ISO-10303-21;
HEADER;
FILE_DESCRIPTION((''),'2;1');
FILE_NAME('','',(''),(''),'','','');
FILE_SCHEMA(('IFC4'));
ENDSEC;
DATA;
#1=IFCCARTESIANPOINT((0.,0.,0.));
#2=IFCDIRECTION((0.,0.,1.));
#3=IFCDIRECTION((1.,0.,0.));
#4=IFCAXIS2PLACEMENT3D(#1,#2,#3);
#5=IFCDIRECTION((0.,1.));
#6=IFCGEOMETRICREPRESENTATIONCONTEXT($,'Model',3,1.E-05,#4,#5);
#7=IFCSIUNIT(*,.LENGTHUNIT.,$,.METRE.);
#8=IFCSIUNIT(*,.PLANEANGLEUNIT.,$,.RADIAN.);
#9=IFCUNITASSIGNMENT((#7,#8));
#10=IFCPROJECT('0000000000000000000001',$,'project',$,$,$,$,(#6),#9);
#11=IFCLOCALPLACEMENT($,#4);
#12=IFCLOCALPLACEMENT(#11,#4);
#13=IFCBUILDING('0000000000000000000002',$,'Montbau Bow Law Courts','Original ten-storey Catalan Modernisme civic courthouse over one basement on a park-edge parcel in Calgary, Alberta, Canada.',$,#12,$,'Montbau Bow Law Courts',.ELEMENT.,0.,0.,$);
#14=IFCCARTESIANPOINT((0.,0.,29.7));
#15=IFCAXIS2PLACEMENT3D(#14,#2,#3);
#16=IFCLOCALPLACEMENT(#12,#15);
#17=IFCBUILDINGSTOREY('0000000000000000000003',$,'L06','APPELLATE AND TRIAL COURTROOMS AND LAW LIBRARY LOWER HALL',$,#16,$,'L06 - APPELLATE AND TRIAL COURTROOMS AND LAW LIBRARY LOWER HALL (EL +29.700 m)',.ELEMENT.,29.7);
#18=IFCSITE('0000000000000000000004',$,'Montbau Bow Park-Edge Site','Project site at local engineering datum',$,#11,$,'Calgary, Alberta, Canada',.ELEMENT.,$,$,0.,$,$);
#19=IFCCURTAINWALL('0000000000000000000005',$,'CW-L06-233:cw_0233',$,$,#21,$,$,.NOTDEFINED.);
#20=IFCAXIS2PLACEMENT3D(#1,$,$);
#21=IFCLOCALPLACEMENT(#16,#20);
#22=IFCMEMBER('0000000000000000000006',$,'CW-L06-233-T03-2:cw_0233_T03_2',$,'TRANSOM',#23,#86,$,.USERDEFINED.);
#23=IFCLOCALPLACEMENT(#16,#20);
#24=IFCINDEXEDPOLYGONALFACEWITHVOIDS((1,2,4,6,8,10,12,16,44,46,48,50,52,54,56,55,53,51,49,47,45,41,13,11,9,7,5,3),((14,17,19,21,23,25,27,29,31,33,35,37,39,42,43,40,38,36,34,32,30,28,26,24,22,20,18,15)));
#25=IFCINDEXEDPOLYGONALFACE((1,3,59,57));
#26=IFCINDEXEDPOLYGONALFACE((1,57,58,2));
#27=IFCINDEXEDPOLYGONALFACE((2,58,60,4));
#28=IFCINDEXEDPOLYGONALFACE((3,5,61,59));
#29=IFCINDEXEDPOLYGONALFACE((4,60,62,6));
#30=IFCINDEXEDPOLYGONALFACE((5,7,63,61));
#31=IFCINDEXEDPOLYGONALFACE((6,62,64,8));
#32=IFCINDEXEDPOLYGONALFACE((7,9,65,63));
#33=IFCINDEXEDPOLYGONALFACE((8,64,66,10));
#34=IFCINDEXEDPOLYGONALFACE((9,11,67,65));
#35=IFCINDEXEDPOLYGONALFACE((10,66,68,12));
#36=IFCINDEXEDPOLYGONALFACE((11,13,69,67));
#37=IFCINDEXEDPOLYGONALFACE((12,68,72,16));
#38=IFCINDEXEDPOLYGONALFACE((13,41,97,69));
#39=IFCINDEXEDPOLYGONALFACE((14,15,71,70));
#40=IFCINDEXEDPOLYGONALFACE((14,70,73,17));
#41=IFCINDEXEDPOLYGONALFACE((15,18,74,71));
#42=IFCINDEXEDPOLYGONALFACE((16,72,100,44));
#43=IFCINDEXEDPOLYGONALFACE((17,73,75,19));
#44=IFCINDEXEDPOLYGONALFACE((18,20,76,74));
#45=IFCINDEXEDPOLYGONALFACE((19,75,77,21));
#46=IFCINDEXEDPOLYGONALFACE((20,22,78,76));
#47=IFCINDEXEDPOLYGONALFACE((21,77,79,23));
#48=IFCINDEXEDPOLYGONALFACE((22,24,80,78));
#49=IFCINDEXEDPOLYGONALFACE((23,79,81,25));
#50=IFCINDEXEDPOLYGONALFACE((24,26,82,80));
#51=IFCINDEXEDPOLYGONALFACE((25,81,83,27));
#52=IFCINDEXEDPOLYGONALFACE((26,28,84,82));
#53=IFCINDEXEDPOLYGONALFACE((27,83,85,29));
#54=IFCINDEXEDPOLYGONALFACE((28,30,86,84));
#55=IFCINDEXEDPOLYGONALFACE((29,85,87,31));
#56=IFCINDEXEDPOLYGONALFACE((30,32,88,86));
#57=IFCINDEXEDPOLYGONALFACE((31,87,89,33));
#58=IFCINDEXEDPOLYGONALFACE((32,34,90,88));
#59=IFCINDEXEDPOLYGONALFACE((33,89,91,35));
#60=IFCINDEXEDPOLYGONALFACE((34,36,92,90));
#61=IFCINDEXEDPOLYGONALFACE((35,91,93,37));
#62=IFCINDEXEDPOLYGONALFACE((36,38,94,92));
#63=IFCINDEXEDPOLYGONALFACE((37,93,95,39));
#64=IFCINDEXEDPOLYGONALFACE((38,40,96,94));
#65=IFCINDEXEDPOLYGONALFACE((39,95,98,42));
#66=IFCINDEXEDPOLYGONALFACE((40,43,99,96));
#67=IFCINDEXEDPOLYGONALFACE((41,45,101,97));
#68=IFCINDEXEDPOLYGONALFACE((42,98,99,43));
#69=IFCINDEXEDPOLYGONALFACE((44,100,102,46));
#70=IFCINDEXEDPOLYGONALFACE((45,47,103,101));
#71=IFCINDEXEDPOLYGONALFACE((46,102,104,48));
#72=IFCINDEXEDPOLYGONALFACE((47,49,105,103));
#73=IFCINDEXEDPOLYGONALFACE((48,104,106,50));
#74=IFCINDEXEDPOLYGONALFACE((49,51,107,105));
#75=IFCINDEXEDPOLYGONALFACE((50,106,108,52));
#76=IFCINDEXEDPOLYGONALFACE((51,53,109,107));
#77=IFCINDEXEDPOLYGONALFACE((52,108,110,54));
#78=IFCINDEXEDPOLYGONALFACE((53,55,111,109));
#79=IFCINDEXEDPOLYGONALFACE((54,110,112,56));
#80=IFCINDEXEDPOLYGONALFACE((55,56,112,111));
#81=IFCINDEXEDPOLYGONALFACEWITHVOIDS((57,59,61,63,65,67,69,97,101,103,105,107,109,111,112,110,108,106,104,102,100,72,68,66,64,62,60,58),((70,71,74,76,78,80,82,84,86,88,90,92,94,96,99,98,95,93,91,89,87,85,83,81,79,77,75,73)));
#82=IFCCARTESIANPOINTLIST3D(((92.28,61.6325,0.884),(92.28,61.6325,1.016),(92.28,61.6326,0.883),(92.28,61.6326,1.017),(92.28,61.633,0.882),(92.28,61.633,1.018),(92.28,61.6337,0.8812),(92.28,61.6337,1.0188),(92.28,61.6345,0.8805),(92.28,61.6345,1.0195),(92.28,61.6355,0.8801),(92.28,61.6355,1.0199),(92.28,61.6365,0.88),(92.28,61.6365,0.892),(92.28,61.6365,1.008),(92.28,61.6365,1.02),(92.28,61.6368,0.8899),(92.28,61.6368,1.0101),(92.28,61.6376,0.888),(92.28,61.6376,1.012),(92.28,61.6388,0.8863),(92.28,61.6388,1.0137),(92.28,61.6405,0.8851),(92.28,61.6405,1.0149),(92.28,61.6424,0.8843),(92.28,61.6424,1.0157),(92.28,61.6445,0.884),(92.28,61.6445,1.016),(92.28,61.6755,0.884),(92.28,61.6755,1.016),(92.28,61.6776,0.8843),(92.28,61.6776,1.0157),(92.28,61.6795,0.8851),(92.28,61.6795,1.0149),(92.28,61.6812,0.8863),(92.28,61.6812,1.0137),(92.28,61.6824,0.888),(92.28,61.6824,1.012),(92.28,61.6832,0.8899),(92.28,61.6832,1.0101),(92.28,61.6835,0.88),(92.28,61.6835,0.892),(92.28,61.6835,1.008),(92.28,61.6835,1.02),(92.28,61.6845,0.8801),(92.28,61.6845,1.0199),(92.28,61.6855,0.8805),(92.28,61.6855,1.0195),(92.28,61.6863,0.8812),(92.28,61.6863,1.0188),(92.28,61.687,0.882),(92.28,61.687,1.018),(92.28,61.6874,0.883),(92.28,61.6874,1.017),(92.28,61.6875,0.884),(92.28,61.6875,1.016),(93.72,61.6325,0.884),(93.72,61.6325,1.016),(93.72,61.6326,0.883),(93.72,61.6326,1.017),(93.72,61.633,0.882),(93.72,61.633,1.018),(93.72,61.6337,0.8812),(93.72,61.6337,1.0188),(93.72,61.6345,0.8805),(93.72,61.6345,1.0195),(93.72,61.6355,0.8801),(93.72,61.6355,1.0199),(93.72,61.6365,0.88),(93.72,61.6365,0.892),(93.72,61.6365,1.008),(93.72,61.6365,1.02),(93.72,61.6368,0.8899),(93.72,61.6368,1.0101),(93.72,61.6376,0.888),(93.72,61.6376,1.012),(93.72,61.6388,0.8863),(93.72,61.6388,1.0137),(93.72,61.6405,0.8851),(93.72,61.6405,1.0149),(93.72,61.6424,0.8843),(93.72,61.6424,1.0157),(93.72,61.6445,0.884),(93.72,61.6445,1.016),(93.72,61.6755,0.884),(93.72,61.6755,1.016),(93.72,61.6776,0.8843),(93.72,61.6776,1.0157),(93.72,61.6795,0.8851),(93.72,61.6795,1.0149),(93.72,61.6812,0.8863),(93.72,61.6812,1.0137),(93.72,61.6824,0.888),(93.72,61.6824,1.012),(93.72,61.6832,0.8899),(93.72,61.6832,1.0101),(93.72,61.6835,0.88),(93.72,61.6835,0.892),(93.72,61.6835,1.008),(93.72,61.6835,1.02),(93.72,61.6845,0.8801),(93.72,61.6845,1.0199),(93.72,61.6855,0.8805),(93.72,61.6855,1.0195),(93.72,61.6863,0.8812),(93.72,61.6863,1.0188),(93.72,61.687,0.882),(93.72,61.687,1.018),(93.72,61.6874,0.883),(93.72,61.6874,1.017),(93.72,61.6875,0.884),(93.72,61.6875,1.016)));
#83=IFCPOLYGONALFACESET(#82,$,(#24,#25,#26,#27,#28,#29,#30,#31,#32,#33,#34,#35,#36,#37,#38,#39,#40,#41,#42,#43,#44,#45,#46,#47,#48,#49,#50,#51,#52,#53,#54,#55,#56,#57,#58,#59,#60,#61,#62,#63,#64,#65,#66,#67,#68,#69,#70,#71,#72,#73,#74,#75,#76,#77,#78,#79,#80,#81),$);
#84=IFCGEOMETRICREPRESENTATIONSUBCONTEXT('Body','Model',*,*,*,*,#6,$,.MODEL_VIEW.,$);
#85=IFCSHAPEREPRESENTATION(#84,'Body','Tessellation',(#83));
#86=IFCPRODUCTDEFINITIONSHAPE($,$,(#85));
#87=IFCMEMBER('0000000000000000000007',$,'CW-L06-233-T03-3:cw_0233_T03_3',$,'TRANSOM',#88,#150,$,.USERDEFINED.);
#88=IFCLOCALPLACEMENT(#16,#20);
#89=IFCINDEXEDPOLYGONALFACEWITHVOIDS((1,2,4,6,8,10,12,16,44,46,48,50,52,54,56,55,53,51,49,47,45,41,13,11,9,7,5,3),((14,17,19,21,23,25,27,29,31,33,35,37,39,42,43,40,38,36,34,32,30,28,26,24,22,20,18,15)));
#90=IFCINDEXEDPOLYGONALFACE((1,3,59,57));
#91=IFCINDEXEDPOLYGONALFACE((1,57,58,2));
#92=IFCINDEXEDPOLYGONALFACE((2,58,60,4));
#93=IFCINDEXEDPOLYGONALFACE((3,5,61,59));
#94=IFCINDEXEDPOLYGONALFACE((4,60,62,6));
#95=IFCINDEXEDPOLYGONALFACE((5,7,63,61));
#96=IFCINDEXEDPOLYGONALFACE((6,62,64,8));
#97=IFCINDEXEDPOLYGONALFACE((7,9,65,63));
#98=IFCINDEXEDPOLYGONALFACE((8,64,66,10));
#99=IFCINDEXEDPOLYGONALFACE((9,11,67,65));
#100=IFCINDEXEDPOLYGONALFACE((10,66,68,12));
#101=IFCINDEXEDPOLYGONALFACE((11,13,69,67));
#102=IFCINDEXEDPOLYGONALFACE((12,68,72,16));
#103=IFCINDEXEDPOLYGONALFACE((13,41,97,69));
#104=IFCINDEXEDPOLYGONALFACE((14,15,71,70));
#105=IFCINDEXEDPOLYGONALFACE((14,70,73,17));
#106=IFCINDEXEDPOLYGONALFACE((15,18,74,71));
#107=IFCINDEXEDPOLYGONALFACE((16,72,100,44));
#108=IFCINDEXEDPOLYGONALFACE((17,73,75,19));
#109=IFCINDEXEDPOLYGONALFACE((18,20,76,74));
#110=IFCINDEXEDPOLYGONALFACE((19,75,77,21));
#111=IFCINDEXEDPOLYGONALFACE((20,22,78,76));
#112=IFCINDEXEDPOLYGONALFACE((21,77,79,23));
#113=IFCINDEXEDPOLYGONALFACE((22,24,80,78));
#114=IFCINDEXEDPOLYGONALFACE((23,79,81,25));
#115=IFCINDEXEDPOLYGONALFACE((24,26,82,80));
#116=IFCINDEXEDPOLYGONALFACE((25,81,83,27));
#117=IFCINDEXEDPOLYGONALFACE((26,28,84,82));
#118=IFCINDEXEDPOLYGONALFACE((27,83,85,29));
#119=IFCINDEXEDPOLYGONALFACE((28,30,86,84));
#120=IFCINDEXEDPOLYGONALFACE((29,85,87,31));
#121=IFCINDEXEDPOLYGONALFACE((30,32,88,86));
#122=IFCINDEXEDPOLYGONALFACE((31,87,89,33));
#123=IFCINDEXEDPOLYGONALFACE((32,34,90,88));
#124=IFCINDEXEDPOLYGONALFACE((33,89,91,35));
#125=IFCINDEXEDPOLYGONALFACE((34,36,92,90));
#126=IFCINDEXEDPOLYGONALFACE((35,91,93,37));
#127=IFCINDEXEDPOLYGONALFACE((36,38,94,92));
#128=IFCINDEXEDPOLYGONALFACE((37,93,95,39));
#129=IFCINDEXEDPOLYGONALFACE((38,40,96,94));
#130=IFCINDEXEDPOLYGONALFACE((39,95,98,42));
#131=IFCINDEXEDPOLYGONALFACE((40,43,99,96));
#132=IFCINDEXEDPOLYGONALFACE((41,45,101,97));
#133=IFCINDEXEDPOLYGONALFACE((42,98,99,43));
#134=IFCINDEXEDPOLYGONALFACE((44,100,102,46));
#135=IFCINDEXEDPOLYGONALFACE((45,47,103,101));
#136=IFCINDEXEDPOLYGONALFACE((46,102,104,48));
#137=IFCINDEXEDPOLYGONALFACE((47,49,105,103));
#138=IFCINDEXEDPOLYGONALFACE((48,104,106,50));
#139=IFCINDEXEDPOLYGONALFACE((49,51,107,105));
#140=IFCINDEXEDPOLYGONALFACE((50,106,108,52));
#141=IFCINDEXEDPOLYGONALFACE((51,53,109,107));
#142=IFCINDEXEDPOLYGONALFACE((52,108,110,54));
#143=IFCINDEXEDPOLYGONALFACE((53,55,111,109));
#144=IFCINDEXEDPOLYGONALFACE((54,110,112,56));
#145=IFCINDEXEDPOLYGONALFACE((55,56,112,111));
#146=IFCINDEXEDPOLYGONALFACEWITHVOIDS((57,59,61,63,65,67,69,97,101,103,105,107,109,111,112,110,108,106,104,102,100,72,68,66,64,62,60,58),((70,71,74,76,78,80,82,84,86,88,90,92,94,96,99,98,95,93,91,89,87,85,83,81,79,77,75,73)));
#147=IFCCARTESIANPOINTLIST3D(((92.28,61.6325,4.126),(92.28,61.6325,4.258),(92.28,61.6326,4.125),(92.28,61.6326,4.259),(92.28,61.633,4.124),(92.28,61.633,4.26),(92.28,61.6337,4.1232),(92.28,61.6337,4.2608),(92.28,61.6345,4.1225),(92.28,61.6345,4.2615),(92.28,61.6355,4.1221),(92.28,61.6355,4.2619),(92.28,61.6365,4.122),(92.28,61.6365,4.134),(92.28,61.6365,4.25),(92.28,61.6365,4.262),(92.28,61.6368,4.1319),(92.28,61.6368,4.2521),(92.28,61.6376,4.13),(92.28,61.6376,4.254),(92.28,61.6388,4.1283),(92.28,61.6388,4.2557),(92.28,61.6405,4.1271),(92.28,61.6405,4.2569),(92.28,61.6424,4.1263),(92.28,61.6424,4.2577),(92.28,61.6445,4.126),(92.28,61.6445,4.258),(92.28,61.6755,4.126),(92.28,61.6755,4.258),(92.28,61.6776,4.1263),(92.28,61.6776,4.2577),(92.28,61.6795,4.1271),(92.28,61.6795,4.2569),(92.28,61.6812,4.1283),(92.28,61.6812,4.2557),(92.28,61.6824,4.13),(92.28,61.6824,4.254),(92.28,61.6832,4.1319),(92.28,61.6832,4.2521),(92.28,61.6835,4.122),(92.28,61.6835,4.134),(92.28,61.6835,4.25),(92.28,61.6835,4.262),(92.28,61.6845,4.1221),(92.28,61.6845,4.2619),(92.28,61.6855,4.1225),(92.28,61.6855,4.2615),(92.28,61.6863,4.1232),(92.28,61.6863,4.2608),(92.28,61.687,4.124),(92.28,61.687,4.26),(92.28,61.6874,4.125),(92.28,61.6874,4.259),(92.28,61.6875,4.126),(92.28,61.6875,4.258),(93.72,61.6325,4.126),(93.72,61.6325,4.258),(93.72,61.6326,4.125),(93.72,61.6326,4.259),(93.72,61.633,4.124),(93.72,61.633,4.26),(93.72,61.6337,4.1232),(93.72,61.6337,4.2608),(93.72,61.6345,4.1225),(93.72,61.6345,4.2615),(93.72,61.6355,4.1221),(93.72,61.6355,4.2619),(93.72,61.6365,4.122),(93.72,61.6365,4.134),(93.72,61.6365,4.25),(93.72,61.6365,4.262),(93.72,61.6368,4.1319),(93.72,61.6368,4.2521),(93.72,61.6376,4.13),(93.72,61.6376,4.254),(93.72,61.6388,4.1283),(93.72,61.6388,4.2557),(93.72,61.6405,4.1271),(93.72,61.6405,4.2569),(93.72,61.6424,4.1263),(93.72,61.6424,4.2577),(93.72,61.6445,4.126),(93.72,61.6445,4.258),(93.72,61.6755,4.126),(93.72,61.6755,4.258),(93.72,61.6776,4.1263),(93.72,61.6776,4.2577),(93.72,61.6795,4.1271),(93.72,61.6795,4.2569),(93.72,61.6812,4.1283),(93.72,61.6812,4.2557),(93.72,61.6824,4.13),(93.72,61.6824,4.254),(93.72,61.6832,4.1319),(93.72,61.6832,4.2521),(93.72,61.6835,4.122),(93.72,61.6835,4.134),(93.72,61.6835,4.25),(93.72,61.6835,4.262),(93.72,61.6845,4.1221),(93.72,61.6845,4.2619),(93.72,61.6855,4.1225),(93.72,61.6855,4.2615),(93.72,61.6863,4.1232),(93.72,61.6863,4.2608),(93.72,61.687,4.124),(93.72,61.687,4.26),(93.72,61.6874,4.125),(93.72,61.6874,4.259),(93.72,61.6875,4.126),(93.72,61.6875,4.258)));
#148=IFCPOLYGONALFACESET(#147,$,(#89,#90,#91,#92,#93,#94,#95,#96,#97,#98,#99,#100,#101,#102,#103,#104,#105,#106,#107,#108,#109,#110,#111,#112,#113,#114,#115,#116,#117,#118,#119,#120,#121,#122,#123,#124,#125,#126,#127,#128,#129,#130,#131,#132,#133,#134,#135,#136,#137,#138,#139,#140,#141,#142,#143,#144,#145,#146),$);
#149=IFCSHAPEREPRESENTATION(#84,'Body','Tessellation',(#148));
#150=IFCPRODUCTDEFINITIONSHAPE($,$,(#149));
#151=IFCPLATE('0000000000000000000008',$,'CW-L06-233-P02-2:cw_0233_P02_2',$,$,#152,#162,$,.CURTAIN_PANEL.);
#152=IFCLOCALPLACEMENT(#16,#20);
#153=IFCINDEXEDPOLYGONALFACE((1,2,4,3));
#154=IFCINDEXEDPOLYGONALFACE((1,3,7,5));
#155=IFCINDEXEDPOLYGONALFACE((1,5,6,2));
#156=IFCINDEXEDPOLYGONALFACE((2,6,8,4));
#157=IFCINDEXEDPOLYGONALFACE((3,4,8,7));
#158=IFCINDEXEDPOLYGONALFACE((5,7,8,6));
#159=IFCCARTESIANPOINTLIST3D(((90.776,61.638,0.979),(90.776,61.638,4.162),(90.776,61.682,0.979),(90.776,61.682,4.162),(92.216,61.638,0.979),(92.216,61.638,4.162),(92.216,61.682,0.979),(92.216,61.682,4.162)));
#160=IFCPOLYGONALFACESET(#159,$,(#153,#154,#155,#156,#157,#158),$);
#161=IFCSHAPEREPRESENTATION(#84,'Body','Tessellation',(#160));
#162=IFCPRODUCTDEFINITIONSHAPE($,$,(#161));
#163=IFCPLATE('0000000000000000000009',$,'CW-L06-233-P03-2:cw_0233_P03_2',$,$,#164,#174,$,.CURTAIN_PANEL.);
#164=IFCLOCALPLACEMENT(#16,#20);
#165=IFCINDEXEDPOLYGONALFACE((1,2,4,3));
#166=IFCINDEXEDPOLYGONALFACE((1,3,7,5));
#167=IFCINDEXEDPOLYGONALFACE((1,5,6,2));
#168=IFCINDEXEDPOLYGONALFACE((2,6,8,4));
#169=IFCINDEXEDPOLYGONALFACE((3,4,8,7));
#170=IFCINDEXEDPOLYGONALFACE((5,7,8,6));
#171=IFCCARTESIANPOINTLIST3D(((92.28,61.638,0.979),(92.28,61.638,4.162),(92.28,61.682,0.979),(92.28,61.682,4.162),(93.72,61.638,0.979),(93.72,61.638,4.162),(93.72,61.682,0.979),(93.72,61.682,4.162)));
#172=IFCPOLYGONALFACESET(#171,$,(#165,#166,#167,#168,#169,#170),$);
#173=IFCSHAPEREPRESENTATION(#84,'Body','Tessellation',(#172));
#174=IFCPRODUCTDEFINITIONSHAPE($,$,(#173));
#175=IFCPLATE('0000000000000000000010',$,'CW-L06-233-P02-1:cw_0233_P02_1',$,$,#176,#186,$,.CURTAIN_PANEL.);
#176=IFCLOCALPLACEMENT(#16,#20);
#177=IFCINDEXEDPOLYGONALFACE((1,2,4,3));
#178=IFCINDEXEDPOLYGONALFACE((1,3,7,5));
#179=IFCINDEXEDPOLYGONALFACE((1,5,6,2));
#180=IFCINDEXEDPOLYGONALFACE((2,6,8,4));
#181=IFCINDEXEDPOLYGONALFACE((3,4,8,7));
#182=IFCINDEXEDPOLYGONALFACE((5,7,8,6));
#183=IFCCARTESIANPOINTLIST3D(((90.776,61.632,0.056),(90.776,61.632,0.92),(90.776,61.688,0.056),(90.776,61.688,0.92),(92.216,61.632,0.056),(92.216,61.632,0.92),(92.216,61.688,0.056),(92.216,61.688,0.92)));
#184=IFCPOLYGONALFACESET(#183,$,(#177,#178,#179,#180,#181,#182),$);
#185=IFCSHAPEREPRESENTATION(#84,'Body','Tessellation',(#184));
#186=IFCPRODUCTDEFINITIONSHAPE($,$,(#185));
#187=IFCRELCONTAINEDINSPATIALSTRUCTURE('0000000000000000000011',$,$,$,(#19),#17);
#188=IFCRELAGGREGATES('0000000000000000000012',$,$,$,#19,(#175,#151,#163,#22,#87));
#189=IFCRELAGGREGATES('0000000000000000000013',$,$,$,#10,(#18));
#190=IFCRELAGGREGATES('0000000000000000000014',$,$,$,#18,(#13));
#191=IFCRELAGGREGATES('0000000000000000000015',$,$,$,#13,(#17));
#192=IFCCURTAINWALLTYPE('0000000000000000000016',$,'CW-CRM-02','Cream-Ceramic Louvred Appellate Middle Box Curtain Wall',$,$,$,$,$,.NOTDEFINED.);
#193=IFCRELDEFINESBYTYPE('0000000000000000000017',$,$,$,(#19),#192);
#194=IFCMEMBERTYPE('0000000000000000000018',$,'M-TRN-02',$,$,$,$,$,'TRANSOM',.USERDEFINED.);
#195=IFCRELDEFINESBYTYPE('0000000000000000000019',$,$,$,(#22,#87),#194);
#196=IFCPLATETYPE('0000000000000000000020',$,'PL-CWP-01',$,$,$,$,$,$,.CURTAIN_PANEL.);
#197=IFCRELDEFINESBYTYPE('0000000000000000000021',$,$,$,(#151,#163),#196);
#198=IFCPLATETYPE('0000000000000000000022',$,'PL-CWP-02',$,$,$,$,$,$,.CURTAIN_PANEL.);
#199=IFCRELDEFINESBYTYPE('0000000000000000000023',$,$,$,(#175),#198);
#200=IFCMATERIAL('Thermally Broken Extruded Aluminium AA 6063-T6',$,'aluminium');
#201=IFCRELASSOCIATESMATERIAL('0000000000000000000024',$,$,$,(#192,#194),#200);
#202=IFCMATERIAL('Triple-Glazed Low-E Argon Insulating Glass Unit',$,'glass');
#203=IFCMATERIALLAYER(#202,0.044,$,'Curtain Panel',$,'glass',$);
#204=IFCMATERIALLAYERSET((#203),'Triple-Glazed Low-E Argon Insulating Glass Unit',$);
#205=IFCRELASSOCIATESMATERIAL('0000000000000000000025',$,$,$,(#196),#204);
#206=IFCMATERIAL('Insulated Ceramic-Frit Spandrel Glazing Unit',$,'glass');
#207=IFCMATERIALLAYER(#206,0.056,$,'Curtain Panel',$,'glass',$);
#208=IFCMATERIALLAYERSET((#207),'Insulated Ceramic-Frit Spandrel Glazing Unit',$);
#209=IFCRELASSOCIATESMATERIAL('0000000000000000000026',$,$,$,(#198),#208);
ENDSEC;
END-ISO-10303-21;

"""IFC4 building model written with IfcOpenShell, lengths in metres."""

from ifc_helpers import new_model, si_unit, direction, frame, frame_2d, origin_with_axes, origin_2d_with_axis, place, context, subcontext, project, spatial, rectangle, hollow_rectangle, extrude, material, layer, layer_set, material_profile, profile_set, type_object, element, aggregate, save


model = new_model("IFC4")

# Units and contexts
model_context = context("Model", 3, precision=1e-05, world=origin_with_axes(), true_north=direction((0.0, 1.0)))
body_context = subcontext(model_context, "Body", "Model", "MODEL_VIEW")
ifc_project = project(units=[si_unit("LENGTHUNIT", "METRE"), si_unit("PLANEANGLEUNIT", "RADIAN")], contexts=[model_context])

# Site, building, storey
site_placement = place(None, origin_with_axes())
site = spatial("IfcSite", under=ifc_project, at=site_placement, Name="Montbau Bow Park-Edge Site", Description="Project site at local engineering datum", LongName="Calgary, Alberta, Canada", CompositionType="ELEMENT", RefElevation=0.0)
building_placement = place(site_placement, origin_with_axes())
building = spatial("IfcBuilding", under=site, at=building_placement, Name="Montbau Bow Law Courts", Description="Original ten-storey Catalan Modernisme civic courthouse over one basement on a park-edge parcel in Calgary, Alberta, Canada.", LongName="Montbau Bow Law Courts", CompositionType="ELEMENT", ElevationOfRefHeight=0.0, ElevationOfTerrain=0.0)
storey_placement = place(building_placement, frame((0.0, 0.0, 29.7), z_axis=(0.0, 0.0, 1.0), x_axis=(1.0, 0.0, 0.0)))
storey = spatial("IfcBuildingStorey", under=building, at=storey_placement, Name="L06", Description="APPELLATE AND TRIAL COURTROOMS AND LAW LIBRARY LOWER HALL", LongName="L06 - APPELLATE AND TRIAL COURTROOMS AND LAW LIBRARY LOWER HALL (EL +29.700 m)", CompositionType="ELEMENT", Elevation=29.7)

# Curtain wall, members, plates
ifc_material_1 = material(Name="Thermally Broken Extruded Aluminium AA 6063-T6", Category="aluminium")
curtain_wall_type = type_object("IfcCurtainWallType", Name="CW-CRM-02", Description="Cream-Ceramic Louvred Appellate Middle Box Curtain Wall", PredefinedType="NOTDEFINED", material=ifc_material_1)
curtain_wall_placement = place(None, frame((89.24, 61.66, 29.7), z_axis=(0.0, 0.0, 1.0), x_axis=(1.0, 0.0, 0.0)))
curtain_wall = element("IfcCurtainWall", 1, at=curtain_wall_placement, inside=storey, type_object=curtain_wall_type, Name="CW-L06-233:cw_0233", PredefinedType="NOTDEFINED")
ifc_material_profile_1 = material_profile(ifc_material_1, hollow_rectangle(XDim=0.055, YDim=0.14, WallThickness=0.004, InnerFilletRadius=0.008, OuterFilletRadius=0.004, at=origin_2d_with_axis()), Name="CWT-140X55", Category="Main", Priority=0)
ifc_profile_set_1 = profile_set([ifc_material_profile_1], Name="Thermally Broken Extruded Aluminium AA 6063-T6")
member_type_1 = type_object("IfcMemberType", Name="M-TRN-02", ElementType="TRANSOM", PredefinedType="USERDEFINED", material=ifc_profile_set_1)
member_1_placement = place(None, frame((92.28, 61.66, 30.65), z_axis=(1.0, 0.0, 0.0), x_axis=(0.0, 1.0, 0.0)))
member_1 = element("IfcMember", 2, at=member_1_placement, type_object=member_type_1, Name="CW-L06-233-T03-2:cw_0233_T03_2", ObjectType="TRANSOM", PredefinedType="USERDEFINED", context=body_context, shape_type="SweptSolid", body=[
    extrude(hollow_rectangle(XDim=0.055, YDim=0.14, WallThickness=0.004, InnerFilletRadius=0.008, OuterFilletRadius=0.004, at=origin_2d_with_axis()), origin_with_axes(), (0.0, 0.0, 1.0), 1.44),
])
member_2_placement = place(None, frame((92.28, 61.66, 33.892), z_axis=(1.0, 0.0, 0.0), x_axis=(0.0, 1.0, 0.0)))
member_2 = element("IfcMember", 3, at=member_2_placement, type_object=member_type_1, Name="CW-L06-233-T03-3:cw_0233_T03_3", ObjectType="TRANSOM", PredefinedType="USERDEFINED", context=body_context, shape_type="SweptSolid", body=[
    extrude(hollow_rectangle(XDim=0.055, YDim=0.14, WallThickness=0.004, InnerFilletRadius=0.008, OuterFilletRadius=0.004, at=origin_2d_with_axis()), origin_with_axes(), (0.0, 0.0, 1.0), 1.44),
])
ifc_material_2 = material(Name="Triple-Glazed Low-E Argon Insulating Glass Unit", Category="glass")
ifc_layer_1 = layer(ifc_material_2, 0.044, Name="Curtain Panel", Category="glass")
ifc_layer_set_1 = layer_set([ifc_layer_1], Name="Triple-Glazed Low-E Argon Insulating Glass Unit")
plate_type_1 = type_object("IfcPlateType", Name="PL-CWP-01", PredefinedType="CURTAIN_PANEL", material=ifc_layer_set_1)
plate_1_placement = place(None, frame((90.776, 61.66, 30.679), z_axis=(0.0, -1.0, 0.0), x_axis=(1.0, 0.0, 0.0)))
plate_1 = element("IfcPlate", 4, at=plate_1_placement, type_object=plate_type_1, Name="CW-L06-233-P02-2:cw_0233_P02_2", PredefinedType="CURTAIN_PANEL", context=body_context, shape_type="SweptSolid", body=[
    extrude(rectangle(XDim=1.44, YDim=3.183, at=frame_2d((0.72, 1.5915), x_axis=(1.0, 0.0))), frame((0.0, 0.0, -0.022), z_axis=(0.0, 0.0, 1.0), x_axis=(1.0, 0.0, 0.0)), (0.0, 0.0, 1.0), 0.044),
])
plate_2_placement = place(None, frame((92.28, 61.66, 30.679), z_axis=(0.0, -1.0, 0.0), x_axis=(1.0, 0.0, 0.0)))
plate_2 = element("IfcPlate", 5, at=plate_2_placement, type_object=plate_type_1, Name="CW-L06-233-P03-2:cw_0233_P03_2", PredefinedType="CURTAIN_PANEL", context=body_context, shape_type="SweptSolid", body=[
    extrude(rectangle(XDim=1.44, YDim=3.183, at=frame_2d((0.72, 1.5915), x_axis=(1.0, 0.0))), frame((0.0, 0.0, -0.022), z_axis=(0.0, 0.0, 1.0), x_axis=(1.0, 0.0, 0.0)), (0.0, 0.0, 1.0), 0.044),
])
ifc_material_3 = material(Name="Insulated Ceramic-Frit Spandrel Glazing Unit", Category="glass")
ifc_layer_2 = layer(ifc_material_3, 0.056, Name="Curtain Panel", Category="glass")
ifc_layer_set_2 = layer_set([ifc_layer_2], Name="Insulated Ceramic-Frit Spandrel Glazing Unit")
plate_type_2 = type_object("IfcPlateType", Name="PL-CWP-02", PredefinedType="CURTAIN_PANEL", material=ifc_layer_set_2)
plate_3_placement = place(None, frame((90.776, 61.66, 29.756), z_axis=(0.0, -1.0, 0.0), x_axis=(1.0, 0.0, 0.0)))
plate_3 = element("IfcPlate", 6, at=plate_3_placement, type_object=plate_type_2, Name="CW-L06-233-P02-1:cw_0233_P02_1", PredefinedType="CURTAIN_PANEL", context=body_context, shape_type="SweptSolid", body=[
    extrude(rectangle(XDim=1.44, YDim=0.864, at=frame_2d((0.72, 0.432), x_axis=(1.0, 0.0))), frame((0.0, 0.0, -0.028), z_axis=(0.0, 0.0, 1.0), x_axis=(1.0, 0.0, 0.0)), (0.0, 0.0, 1.0), 0.056),
])
aggregate(curtain_wall, [plate_3, plate_1, plate_2, member_1, member_2])

save(model, "model.ifc")
